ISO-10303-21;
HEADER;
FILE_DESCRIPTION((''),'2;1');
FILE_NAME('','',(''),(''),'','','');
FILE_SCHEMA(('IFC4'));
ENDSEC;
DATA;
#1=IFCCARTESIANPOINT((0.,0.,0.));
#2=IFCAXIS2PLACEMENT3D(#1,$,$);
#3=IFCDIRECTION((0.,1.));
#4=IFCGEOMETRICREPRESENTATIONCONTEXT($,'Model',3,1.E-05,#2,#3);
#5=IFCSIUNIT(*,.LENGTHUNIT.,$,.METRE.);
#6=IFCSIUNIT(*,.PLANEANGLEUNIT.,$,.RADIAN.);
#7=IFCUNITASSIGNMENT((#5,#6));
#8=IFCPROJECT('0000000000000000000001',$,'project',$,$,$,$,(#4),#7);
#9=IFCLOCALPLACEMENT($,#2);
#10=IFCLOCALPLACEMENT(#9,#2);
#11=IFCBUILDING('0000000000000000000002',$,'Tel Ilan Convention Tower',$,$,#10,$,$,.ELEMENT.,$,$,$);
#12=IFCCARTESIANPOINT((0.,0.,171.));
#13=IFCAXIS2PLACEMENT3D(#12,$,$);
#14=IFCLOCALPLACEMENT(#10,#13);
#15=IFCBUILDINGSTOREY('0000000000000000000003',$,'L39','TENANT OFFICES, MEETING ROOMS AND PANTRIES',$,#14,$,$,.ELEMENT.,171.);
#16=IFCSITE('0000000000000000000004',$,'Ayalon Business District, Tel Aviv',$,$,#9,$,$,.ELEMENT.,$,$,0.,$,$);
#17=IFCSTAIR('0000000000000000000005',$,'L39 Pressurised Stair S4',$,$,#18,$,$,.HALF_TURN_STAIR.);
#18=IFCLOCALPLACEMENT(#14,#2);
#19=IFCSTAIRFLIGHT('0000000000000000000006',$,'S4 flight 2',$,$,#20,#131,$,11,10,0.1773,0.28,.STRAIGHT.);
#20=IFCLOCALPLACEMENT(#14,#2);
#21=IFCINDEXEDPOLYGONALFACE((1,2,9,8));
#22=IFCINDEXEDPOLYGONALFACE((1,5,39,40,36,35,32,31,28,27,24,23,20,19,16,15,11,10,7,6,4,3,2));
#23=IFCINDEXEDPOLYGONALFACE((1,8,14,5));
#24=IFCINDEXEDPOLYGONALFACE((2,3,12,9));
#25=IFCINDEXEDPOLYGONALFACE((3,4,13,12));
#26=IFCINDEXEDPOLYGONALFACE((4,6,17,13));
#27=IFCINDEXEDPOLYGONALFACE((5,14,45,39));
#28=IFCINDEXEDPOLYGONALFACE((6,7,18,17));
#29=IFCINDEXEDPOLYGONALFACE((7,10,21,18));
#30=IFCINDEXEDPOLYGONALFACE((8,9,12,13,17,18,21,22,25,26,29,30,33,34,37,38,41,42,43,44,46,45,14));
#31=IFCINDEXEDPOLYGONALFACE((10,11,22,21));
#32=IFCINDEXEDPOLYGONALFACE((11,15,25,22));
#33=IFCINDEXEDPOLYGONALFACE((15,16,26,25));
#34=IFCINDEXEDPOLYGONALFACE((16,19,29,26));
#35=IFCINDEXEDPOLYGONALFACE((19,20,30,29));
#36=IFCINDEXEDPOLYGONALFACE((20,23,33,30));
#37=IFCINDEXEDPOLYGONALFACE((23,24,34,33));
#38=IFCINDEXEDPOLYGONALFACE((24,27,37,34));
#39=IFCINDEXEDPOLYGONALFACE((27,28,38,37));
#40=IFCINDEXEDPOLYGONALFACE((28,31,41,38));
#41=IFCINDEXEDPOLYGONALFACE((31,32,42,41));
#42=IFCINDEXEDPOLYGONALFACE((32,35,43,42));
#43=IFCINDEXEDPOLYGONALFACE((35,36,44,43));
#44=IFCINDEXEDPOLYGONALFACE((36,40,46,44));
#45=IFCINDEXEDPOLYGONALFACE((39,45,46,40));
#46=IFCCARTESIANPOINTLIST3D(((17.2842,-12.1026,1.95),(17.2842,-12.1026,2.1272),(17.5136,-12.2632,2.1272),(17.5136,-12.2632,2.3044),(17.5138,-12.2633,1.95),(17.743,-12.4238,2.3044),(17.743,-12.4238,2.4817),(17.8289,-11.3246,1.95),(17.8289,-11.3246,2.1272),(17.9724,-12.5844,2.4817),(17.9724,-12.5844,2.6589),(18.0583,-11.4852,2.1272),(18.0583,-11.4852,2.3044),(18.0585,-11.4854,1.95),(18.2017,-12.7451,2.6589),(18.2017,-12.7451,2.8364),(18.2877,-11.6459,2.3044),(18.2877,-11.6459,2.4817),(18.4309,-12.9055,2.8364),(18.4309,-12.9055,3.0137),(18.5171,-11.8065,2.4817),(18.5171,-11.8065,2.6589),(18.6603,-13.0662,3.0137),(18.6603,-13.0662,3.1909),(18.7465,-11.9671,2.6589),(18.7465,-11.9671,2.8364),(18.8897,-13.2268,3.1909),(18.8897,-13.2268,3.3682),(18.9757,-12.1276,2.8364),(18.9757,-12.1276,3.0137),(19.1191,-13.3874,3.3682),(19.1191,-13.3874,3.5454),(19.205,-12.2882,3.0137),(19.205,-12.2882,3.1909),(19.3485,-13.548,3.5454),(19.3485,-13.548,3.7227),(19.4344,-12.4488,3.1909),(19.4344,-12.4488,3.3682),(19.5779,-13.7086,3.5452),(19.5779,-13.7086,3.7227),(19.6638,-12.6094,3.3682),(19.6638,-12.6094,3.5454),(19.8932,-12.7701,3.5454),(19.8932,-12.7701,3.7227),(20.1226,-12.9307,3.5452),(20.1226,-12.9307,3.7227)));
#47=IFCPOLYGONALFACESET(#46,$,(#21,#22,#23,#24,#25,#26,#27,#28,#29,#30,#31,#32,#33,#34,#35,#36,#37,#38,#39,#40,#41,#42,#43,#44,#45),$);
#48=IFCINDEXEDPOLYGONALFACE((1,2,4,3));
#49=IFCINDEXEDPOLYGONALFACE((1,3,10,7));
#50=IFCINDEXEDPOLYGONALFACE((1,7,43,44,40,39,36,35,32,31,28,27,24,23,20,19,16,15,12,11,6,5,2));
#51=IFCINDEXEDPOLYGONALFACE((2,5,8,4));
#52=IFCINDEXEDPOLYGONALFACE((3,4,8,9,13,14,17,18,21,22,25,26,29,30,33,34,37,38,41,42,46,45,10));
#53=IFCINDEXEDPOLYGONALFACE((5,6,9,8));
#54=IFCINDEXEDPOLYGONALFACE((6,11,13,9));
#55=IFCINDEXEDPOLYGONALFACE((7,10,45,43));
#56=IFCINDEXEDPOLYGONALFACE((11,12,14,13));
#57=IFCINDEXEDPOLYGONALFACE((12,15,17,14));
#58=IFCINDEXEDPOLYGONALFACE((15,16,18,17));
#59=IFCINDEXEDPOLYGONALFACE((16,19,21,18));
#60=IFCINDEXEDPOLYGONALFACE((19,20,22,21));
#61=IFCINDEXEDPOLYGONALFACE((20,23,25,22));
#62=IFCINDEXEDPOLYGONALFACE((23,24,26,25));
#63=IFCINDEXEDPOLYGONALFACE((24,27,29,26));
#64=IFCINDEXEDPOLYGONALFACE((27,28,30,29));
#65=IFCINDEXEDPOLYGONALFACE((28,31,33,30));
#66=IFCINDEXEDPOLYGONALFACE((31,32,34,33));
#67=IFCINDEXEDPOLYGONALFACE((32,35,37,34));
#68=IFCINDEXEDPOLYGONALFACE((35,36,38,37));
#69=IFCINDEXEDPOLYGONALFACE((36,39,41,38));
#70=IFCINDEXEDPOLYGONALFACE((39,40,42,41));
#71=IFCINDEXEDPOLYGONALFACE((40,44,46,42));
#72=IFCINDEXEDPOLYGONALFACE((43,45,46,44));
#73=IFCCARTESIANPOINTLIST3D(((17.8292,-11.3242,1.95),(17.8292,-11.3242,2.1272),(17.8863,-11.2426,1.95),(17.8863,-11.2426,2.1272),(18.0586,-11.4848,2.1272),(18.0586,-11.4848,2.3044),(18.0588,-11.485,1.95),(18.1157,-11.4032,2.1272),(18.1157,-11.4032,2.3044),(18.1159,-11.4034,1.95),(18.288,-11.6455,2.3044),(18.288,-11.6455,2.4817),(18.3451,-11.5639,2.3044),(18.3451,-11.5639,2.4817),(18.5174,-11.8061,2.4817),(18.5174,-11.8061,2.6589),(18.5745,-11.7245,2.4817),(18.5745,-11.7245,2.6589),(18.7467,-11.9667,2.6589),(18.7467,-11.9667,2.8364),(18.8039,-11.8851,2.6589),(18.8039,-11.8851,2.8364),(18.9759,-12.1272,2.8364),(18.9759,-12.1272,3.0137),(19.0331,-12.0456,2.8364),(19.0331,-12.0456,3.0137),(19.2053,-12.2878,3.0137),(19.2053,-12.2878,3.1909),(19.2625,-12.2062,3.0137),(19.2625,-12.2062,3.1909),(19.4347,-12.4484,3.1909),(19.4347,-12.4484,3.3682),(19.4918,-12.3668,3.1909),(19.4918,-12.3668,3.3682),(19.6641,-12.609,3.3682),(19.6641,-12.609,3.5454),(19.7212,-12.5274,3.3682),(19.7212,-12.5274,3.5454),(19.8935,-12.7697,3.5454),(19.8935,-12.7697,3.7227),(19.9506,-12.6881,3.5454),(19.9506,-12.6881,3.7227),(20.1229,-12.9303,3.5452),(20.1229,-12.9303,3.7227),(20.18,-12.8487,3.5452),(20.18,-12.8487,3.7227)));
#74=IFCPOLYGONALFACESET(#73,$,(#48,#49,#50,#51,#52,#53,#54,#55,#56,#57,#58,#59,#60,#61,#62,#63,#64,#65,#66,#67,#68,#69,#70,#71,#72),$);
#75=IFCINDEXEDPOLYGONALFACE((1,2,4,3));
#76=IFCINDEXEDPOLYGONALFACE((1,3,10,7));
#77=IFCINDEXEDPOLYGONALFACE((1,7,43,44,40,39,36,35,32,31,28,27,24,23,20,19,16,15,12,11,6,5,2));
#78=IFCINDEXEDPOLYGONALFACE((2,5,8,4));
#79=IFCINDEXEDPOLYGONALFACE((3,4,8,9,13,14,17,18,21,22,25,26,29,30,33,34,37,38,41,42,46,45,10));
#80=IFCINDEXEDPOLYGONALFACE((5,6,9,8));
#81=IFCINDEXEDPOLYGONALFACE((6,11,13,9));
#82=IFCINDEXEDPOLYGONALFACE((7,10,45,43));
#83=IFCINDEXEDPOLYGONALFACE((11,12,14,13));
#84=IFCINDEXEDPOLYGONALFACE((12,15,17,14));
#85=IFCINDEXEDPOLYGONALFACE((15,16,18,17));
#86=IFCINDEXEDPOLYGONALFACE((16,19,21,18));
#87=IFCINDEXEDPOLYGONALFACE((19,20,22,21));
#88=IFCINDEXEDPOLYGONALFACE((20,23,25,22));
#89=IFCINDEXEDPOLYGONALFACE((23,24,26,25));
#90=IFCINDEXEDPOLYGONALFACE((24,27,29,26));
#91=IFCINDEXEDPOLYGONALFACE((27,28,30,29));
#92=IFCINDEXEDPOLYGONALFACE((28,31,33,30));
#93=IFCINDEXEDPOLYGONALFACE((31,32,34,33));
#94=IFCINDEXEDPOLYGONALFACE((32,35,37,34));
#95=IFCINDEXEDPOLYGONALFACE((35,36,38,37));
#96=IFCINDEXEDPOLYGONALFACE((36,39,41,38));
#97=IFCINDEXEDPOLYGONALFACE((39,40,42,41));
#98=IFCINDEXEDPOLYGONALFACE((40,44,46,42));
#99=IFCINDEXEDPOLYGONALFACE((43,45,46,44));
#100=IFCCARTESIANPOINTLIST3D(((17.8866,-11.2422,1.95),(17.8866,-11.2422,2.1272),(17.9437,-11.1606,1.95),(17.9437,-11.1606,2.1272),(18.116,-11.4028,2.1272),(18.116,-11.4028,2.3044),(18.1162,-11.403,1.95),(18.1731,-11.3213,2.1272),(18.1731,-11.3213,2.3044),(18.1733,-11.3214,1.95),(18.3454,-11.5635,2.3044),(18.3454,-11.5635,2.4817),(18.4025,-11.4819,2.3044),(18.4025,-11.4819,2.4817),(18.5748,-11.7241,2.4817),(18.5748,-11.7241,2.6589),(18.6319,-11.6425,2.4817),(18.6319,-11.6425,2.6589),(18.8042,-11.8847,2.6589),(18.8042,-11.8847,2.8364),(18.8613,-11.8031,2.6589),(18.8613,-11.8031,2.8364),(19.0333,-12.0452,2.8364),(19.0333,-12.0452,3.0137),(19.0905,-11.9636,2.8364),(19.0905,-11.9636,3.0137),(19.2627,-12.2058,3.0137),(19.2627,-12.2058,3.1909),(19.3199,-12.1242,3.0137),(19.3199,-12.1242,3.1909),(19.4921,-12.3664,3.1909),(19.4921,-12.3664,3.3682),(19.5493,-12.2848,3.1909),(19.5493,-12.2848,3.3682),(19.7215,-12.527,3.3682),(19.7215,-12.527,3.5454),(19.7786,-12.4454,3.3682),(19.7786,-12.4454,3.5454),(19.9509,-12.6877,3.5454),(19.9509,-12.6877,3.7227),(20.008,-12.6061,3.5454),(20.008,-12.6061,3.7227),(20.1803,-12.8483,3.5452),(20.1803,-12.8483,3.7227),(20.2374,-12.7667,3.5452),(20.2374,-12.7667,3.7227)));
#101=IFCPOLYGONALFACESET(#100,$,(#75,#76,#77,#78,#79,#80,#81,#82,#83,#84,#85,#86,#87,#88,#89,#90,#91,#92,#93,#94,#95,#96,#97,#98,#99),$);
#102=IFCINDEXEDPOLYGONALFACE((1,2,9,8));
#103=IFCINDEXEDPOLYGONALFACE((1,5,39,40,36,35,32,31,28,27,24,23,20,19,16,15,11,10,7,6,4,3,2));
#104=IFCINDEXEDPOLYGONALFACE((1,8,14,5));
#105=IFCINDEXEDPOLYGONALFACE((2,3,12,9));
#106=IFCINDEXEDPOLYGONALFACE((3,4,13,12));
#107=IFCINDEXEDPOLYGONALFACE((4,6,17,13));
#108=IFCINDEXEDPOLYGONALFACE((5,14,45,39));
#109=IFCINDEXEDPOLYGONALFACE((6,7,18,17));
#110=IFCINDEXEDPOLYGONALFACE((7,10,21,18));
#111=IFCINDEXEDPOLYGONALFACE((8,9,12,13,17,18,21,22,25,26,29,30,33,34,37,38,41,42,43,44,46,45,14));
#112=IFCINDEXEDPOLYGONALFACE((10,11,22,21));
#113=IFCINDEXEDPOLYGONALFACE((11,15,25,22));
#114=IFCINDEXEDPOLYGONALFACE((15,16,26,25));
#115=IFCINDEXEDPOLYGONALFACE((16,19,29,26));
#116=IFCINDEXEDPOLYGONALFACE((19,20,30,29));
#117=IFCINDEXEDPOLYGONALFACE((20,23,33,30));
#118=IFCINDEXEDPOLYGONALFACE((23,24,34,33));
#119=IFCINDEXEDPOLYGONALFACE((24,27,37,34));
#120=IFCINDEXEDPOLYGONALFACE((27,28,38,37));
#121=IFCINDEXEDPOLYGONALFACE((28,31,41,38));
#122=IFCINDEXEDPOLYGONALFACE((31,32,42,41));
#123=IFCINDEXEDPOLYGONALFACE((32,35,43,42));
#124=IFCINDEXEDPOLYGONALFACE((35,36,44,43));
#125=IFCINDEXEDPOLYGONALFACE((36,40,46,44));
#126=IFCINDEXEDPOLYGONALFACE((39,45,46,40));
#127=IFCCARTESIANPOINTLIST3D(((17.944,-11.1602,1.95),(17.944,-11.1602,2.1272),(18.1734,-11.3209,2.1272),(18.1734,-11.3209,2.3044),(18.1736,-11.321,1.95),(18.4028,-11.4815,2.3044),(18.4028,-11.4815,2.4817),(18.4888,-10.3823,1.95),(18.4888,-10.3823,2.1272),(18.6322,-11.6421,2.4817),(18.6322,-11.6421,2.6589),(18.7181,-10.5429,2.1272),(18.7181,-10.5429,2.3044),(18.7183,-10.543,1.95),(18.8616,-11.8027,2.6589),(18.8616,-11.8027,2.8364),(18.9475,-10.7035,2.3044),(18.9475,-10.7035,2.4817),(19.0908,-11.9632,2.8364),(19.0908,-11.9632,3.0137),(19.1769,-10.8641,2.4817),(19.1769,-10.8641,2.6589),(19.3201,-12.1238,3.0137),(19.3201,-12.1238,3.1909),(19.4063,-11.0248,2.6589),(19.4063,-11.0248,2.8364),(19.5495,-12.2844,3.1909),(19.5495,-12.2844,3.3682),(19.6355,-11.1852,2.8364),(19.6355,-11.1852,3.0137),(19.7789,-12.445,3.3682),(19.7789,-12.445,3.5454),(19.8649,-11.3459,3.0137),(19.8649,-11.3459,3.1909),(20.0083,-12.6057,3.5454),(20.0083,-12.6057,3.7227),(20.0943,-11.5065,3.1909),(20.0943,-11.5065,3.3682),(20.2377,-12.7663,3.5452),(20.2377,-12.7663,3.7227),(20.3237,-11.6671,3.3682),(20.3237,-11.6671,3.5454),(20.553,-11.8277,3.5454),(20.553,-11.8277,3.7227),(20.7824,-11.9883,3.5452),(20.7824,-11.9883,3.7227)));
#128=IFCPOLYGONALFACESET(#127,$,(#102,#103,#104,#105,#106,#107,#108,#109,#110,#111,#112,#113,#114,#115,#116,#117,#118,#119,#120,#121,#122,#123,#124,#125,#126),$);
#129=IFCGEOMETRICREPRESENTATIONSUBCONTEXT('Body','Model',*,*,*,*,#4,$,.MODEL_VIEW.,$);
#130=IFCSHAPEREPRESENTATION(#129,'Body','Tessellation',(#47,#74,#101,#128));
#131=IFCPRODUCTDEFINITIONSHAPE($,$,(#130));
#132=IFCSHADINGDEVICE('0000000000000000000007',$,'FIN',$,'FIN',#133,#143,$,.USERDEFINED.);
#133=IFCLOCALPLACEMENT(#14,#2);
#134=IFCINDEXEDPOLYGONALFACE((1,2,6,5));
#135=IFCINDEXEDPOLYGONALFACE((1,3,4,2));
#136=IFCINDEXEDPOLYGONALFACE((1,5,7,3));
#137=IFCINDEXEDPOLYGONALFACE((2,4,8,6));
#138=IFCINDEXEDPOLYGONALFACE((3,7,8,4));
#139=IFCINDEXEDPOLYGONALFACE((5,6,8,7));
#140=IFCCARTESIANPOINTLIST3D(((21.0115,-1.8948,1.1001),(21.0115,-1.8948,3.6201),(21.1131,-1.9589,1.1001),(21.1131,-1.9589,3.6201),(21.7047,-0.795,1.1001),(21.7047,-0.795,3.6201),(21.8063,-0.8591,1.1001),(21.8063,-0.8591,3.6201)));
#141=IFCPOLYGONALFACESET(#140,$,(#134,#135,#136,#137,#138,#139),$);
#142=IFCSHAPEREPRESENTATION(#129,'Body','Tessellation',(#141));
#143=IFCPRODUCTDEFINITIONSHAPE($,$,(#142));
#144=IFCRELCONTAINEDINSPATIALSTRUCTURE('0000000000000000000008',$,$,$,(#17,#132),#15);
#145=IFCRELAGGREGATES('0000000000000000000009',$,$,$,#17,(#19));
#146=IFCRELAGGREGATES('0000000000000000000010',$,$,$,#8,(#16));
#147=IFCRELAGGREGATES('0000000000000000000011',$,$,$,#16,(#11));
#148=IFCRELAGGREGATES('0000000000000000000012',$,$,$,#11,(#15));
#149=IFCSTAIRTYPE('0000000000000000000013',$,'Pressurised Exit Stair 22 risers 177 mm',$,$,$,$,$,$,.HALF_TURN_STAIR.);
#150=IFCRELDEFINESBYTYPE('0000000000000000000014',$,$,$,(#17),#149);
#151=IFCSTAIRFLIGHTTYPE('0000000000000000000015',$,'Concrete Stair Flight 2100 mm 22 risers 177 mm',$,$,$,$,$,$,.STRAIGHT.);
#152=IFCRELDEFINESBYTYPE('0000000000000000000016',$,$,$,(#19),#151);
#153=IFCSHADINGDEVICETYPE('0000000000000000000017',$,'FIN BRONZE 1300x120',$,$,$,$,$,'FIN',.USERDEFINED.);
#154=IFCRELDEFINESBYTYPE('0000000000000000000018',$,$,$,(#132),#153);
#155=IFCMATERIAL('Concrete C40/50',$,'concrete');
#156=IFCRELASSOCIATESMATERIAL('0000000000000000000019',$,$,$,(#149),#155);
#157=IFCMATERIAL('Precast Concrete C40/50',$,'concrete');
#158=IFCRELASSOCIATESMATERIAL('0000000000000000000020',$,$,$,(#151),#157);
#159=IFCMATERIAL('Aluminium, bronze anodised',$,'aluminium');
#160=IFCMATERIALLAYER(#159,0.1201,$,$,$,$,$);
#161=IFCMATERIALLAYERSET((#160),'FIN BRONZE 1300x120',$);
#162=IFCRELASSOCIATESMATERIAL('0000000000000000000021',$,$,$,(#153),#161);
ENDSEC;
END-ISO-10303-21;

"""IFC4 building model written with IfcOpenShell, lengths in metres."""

from ifc_helpers import new_model, si_unit, direction, frame, origin, origin_2d, place, context, subcontext, project, spatial, polyline, rectangle, outline, extrude, material, layer, layer_set, type_object, element, aggregate, save


model = new_model("IFC4")

# Units and contexts
model_context = context("Model", 3, precision=1e-05, world=origin(), true_north=direction((0.0, 1.0)))
body_context = subcontext(model_context, "Body", "Model", "MODEL_VIEW")
ifc_project = project(units=[si_unit("LENGTHUNIT", "METRE"), si_unit("PLANEANGLEUNIT", "RADIAN")], contexts=[model_context])

# Site, building, storey
site_placement = place(None, origin())
site = spatial("IfcSite", under=ifc_project, at=site_placement, Name="Ayalon Business District, Tel Aviv", CompositionType="ELEMENT", RefElevation=0.0)
building_placement = place(site_placement, origin())
building = spatial("IfcBuilding", under=site, at=building_placement, Name="Tel Ilan Convention Tower", CompositionType="ELEMENT")
storey_placement = place(building_placement, frame((0.0, 0.0, 171.0)))
storey = spatial("IfcBuildingStorey", under=building, at=storey_placement, Name="L39", Description="TENANT OFFICES, MEETING ROOMS AND PANTRIES", CompositionType="ELEMENT", Elevation=171.0)

# Shared definitions
ifc_material_1 = material(Name="Concrete C40/50", Category="concrete")
stair_type = type_object("IfcStairType", Name="Pressurised Exit Stair 22 risers 177 mm", PredefinedType="HALF_TURN_STAIR", material=ifc_material_1)
ifc_material_2 = material(Name="Precast Concrete C40/50", Category="concrete")
stair_flight_type = type_object("IfcStairFlightType", Name="Concrete Stair Flight 2100 mm 22 risers 177 mm", PredefinedType="STRAIGHT", material=ifc_material_2)

# Stair, stair flight
stair_1_placement = place(storey_placement, origin())
stair_1 = element("IfcStair", 1, at=stair_1_placement, inside=storey, type_object=stair_type, Name="L39 Pressurised Stair S4", PredefinedType="HALF_TURN_STAIR")
stair_flight_1_placement = place(storey_placement, frame((17.8865, -11.2424, 1.95), z_axis=(0.0, 0.0, 1.0), x_axis=(0.819152, -0.573576, 0.0)))
stair_flight_1 = element("IfcStairFlight", 2, at=stair_flight_1_placement, type_object=stair_flight_type, Name="S4 flight 2", NumberOfRisers=11, NumberOfTreads=10, PredefinedType="STRAIGHT", RiserHeight=0.1773, TreadLength=0.28, context=body_context, shape_type="SweptSolid", body=[
    extrude(outline(polyline([(0.0, 0.0), (0.0, 0.1772), (0.28, 0.1772), (0.28, 0.3545), (0.5601, 0.3545), (0.5601, 0.5317), (0.8401, 0.5317), (0.8401, 0.709), (1.1201, 0.709), (1.1201, 0.8865), (1.3999, 0.8865), (1.3999, 1.0637), (1.6799, 1.0637), (1.6799, 1.241), (1.96, 1.241), (1.96, 1.4182), (2.24, 1.4182), (2.24, 1.5955), (2.52, 1.5955), (2.52, 1.7727), (2.8, 1.7727), (2.8, 1.95), (2.8, 1.5952), (0.2803, 0.0), (0.0, 0.0)])), frame((0.0, -0.1003, 0.0), z_axis=(0.0, -1.0, 0.0), x_axis=(1.0, 0.0, 0.0)), (0.0, 0.0, 1.0), 0.9497),
    extrude(outline(polyline([(0.0, 0.0), (0.0, 0.1772), (0.28, 0.1772), (0.28, 0.3545), (0.5601, 0.3545), (0.5601, 0.5317), (0.8401, 0.5317), (0.8401, 0.709), (1.1201, 0.709), (1.1201, 0.8865), (1.3999, 0.8865), (1.3999, 1.0637), (1.6799, 1.0637), (1.6799, 1.241), (1.96, 1.241), (1.96, 1.4182), (2.24, 1.4182), (2.24, 1.5955), (2.52, 1.5955), (2.52, 1.7727), (2.8, 1.7727), (2.8, 1.95), (2.8, 1.5952), (0.2803, 0.0), (0.0, 0.0)])), frame((0.0, -0.0002, 0.0), z_axis=(0.0, -1.0, 0.0), x_axis=(1.0, 0.0, 0.0)), (0.0, 0.0, 1.0), 0.0996),
    extrude(outline(polyline([(0.0, 0.0), (0.0, 0.1772), (0.28, 0.1772), (0.28, 0.3545), (0.5601, 0.3545), (0.5601, 0.5317), (0.8401, 0.5317), (0.8401, 0.709), (1.1201, 0.709), (1.1201, 0.8865), (1.3999, 0.8865), (1.3999, 1.0637), (1.6799, 1.0637), (1.6799, 1.241), (1.96, 1.241), (1.96, 1.4182), (2.24, 1.4182), (2.24, 1.5955), (2.52, 1.5955), (2.52, 1.7727), (2.8, 1.7727), (2.8, 1.95), (2.8, 1.5952), (0.2803, 0.0), (0.0, 0.0)])), frame((0.0, 0.0999, 0.0), z_axis=(0.0, -1.0, 0.0), x_axis=(1.0, 0.0, 0.0)), (0.0, 0.0, 1.0), 0.0996),
    extrude(outline(polyline([(0.0, 0.0), (0.0, 0.1772), (0.28, 0.1772), (0.28, 0.3545), (0.5601, 0.3545), (0.5601, 0.5317), (0.8401, 0.5317), (0.8401, 0.709), (1.1201, 0.709), (1.1201, 0.8865), (1.3999, 0.8865), (1.3999, 1.0637), (1.6799, 1.0637), (1.6799, 1.241), (1.96, 1.241), (1.96, 1.4182), (2.24, 1.4182), (2.24, 1.5955), (2.52, 1.5955), (2.52, 1.7727), (2.8, 1.7727), (2.8, 1.95), (2.8, 1.5952), (0.2803, 0.0), (0.0, 0.0)])), frame((0.0, 1.05, 0.0), z_axis=(0.0, -1.0, 0.0), x_axis=(1.0, 0.0, 0.0)), (0.0, 0.0, 1.0), 0.9497),
])
aggregate(stair_1, [stair_flight_1])

# Shading device
ifc_material_3 = material(Name="Aluminium, bronze anodised", Category="aluminium")
ifc_layer_1 = layer(ifc_material_3, 0.1201)
ifc_layer_set_1 = layer_set([ifc_layer_1], Name="FIN BRONZE 1300x120")
shading_device_type = type_object("IfcShadingDeviceType", Name="FIN BRONZE 1300x120", ElementType="FIN", PredefinedType="USERDEFINED", material=ifc_layer_set_1)
shading_device_placement = place(storey_placement, frame((21.4089, -1.377, 1.1001), z_axis=(0.0, 0.0, 1.0), x_axis=(0.533204, 0.845986, 0.0)))
element("IfcShadingDevice", 3, at=shading_device_placement, inside=storey, type_object=shading_device_type, Name="FIN", ObjectType="FIN", PredefinedType="USERDEFINED", context=body_context, shape_type="SweptSolid", body=[
    extrude(rectangle(XDim=1.3, YDim=0.1201, at=origin_2d()), origin(), (0.0, 0.0, 1.0), 2.52),
])

save(model, "model.ifc")
